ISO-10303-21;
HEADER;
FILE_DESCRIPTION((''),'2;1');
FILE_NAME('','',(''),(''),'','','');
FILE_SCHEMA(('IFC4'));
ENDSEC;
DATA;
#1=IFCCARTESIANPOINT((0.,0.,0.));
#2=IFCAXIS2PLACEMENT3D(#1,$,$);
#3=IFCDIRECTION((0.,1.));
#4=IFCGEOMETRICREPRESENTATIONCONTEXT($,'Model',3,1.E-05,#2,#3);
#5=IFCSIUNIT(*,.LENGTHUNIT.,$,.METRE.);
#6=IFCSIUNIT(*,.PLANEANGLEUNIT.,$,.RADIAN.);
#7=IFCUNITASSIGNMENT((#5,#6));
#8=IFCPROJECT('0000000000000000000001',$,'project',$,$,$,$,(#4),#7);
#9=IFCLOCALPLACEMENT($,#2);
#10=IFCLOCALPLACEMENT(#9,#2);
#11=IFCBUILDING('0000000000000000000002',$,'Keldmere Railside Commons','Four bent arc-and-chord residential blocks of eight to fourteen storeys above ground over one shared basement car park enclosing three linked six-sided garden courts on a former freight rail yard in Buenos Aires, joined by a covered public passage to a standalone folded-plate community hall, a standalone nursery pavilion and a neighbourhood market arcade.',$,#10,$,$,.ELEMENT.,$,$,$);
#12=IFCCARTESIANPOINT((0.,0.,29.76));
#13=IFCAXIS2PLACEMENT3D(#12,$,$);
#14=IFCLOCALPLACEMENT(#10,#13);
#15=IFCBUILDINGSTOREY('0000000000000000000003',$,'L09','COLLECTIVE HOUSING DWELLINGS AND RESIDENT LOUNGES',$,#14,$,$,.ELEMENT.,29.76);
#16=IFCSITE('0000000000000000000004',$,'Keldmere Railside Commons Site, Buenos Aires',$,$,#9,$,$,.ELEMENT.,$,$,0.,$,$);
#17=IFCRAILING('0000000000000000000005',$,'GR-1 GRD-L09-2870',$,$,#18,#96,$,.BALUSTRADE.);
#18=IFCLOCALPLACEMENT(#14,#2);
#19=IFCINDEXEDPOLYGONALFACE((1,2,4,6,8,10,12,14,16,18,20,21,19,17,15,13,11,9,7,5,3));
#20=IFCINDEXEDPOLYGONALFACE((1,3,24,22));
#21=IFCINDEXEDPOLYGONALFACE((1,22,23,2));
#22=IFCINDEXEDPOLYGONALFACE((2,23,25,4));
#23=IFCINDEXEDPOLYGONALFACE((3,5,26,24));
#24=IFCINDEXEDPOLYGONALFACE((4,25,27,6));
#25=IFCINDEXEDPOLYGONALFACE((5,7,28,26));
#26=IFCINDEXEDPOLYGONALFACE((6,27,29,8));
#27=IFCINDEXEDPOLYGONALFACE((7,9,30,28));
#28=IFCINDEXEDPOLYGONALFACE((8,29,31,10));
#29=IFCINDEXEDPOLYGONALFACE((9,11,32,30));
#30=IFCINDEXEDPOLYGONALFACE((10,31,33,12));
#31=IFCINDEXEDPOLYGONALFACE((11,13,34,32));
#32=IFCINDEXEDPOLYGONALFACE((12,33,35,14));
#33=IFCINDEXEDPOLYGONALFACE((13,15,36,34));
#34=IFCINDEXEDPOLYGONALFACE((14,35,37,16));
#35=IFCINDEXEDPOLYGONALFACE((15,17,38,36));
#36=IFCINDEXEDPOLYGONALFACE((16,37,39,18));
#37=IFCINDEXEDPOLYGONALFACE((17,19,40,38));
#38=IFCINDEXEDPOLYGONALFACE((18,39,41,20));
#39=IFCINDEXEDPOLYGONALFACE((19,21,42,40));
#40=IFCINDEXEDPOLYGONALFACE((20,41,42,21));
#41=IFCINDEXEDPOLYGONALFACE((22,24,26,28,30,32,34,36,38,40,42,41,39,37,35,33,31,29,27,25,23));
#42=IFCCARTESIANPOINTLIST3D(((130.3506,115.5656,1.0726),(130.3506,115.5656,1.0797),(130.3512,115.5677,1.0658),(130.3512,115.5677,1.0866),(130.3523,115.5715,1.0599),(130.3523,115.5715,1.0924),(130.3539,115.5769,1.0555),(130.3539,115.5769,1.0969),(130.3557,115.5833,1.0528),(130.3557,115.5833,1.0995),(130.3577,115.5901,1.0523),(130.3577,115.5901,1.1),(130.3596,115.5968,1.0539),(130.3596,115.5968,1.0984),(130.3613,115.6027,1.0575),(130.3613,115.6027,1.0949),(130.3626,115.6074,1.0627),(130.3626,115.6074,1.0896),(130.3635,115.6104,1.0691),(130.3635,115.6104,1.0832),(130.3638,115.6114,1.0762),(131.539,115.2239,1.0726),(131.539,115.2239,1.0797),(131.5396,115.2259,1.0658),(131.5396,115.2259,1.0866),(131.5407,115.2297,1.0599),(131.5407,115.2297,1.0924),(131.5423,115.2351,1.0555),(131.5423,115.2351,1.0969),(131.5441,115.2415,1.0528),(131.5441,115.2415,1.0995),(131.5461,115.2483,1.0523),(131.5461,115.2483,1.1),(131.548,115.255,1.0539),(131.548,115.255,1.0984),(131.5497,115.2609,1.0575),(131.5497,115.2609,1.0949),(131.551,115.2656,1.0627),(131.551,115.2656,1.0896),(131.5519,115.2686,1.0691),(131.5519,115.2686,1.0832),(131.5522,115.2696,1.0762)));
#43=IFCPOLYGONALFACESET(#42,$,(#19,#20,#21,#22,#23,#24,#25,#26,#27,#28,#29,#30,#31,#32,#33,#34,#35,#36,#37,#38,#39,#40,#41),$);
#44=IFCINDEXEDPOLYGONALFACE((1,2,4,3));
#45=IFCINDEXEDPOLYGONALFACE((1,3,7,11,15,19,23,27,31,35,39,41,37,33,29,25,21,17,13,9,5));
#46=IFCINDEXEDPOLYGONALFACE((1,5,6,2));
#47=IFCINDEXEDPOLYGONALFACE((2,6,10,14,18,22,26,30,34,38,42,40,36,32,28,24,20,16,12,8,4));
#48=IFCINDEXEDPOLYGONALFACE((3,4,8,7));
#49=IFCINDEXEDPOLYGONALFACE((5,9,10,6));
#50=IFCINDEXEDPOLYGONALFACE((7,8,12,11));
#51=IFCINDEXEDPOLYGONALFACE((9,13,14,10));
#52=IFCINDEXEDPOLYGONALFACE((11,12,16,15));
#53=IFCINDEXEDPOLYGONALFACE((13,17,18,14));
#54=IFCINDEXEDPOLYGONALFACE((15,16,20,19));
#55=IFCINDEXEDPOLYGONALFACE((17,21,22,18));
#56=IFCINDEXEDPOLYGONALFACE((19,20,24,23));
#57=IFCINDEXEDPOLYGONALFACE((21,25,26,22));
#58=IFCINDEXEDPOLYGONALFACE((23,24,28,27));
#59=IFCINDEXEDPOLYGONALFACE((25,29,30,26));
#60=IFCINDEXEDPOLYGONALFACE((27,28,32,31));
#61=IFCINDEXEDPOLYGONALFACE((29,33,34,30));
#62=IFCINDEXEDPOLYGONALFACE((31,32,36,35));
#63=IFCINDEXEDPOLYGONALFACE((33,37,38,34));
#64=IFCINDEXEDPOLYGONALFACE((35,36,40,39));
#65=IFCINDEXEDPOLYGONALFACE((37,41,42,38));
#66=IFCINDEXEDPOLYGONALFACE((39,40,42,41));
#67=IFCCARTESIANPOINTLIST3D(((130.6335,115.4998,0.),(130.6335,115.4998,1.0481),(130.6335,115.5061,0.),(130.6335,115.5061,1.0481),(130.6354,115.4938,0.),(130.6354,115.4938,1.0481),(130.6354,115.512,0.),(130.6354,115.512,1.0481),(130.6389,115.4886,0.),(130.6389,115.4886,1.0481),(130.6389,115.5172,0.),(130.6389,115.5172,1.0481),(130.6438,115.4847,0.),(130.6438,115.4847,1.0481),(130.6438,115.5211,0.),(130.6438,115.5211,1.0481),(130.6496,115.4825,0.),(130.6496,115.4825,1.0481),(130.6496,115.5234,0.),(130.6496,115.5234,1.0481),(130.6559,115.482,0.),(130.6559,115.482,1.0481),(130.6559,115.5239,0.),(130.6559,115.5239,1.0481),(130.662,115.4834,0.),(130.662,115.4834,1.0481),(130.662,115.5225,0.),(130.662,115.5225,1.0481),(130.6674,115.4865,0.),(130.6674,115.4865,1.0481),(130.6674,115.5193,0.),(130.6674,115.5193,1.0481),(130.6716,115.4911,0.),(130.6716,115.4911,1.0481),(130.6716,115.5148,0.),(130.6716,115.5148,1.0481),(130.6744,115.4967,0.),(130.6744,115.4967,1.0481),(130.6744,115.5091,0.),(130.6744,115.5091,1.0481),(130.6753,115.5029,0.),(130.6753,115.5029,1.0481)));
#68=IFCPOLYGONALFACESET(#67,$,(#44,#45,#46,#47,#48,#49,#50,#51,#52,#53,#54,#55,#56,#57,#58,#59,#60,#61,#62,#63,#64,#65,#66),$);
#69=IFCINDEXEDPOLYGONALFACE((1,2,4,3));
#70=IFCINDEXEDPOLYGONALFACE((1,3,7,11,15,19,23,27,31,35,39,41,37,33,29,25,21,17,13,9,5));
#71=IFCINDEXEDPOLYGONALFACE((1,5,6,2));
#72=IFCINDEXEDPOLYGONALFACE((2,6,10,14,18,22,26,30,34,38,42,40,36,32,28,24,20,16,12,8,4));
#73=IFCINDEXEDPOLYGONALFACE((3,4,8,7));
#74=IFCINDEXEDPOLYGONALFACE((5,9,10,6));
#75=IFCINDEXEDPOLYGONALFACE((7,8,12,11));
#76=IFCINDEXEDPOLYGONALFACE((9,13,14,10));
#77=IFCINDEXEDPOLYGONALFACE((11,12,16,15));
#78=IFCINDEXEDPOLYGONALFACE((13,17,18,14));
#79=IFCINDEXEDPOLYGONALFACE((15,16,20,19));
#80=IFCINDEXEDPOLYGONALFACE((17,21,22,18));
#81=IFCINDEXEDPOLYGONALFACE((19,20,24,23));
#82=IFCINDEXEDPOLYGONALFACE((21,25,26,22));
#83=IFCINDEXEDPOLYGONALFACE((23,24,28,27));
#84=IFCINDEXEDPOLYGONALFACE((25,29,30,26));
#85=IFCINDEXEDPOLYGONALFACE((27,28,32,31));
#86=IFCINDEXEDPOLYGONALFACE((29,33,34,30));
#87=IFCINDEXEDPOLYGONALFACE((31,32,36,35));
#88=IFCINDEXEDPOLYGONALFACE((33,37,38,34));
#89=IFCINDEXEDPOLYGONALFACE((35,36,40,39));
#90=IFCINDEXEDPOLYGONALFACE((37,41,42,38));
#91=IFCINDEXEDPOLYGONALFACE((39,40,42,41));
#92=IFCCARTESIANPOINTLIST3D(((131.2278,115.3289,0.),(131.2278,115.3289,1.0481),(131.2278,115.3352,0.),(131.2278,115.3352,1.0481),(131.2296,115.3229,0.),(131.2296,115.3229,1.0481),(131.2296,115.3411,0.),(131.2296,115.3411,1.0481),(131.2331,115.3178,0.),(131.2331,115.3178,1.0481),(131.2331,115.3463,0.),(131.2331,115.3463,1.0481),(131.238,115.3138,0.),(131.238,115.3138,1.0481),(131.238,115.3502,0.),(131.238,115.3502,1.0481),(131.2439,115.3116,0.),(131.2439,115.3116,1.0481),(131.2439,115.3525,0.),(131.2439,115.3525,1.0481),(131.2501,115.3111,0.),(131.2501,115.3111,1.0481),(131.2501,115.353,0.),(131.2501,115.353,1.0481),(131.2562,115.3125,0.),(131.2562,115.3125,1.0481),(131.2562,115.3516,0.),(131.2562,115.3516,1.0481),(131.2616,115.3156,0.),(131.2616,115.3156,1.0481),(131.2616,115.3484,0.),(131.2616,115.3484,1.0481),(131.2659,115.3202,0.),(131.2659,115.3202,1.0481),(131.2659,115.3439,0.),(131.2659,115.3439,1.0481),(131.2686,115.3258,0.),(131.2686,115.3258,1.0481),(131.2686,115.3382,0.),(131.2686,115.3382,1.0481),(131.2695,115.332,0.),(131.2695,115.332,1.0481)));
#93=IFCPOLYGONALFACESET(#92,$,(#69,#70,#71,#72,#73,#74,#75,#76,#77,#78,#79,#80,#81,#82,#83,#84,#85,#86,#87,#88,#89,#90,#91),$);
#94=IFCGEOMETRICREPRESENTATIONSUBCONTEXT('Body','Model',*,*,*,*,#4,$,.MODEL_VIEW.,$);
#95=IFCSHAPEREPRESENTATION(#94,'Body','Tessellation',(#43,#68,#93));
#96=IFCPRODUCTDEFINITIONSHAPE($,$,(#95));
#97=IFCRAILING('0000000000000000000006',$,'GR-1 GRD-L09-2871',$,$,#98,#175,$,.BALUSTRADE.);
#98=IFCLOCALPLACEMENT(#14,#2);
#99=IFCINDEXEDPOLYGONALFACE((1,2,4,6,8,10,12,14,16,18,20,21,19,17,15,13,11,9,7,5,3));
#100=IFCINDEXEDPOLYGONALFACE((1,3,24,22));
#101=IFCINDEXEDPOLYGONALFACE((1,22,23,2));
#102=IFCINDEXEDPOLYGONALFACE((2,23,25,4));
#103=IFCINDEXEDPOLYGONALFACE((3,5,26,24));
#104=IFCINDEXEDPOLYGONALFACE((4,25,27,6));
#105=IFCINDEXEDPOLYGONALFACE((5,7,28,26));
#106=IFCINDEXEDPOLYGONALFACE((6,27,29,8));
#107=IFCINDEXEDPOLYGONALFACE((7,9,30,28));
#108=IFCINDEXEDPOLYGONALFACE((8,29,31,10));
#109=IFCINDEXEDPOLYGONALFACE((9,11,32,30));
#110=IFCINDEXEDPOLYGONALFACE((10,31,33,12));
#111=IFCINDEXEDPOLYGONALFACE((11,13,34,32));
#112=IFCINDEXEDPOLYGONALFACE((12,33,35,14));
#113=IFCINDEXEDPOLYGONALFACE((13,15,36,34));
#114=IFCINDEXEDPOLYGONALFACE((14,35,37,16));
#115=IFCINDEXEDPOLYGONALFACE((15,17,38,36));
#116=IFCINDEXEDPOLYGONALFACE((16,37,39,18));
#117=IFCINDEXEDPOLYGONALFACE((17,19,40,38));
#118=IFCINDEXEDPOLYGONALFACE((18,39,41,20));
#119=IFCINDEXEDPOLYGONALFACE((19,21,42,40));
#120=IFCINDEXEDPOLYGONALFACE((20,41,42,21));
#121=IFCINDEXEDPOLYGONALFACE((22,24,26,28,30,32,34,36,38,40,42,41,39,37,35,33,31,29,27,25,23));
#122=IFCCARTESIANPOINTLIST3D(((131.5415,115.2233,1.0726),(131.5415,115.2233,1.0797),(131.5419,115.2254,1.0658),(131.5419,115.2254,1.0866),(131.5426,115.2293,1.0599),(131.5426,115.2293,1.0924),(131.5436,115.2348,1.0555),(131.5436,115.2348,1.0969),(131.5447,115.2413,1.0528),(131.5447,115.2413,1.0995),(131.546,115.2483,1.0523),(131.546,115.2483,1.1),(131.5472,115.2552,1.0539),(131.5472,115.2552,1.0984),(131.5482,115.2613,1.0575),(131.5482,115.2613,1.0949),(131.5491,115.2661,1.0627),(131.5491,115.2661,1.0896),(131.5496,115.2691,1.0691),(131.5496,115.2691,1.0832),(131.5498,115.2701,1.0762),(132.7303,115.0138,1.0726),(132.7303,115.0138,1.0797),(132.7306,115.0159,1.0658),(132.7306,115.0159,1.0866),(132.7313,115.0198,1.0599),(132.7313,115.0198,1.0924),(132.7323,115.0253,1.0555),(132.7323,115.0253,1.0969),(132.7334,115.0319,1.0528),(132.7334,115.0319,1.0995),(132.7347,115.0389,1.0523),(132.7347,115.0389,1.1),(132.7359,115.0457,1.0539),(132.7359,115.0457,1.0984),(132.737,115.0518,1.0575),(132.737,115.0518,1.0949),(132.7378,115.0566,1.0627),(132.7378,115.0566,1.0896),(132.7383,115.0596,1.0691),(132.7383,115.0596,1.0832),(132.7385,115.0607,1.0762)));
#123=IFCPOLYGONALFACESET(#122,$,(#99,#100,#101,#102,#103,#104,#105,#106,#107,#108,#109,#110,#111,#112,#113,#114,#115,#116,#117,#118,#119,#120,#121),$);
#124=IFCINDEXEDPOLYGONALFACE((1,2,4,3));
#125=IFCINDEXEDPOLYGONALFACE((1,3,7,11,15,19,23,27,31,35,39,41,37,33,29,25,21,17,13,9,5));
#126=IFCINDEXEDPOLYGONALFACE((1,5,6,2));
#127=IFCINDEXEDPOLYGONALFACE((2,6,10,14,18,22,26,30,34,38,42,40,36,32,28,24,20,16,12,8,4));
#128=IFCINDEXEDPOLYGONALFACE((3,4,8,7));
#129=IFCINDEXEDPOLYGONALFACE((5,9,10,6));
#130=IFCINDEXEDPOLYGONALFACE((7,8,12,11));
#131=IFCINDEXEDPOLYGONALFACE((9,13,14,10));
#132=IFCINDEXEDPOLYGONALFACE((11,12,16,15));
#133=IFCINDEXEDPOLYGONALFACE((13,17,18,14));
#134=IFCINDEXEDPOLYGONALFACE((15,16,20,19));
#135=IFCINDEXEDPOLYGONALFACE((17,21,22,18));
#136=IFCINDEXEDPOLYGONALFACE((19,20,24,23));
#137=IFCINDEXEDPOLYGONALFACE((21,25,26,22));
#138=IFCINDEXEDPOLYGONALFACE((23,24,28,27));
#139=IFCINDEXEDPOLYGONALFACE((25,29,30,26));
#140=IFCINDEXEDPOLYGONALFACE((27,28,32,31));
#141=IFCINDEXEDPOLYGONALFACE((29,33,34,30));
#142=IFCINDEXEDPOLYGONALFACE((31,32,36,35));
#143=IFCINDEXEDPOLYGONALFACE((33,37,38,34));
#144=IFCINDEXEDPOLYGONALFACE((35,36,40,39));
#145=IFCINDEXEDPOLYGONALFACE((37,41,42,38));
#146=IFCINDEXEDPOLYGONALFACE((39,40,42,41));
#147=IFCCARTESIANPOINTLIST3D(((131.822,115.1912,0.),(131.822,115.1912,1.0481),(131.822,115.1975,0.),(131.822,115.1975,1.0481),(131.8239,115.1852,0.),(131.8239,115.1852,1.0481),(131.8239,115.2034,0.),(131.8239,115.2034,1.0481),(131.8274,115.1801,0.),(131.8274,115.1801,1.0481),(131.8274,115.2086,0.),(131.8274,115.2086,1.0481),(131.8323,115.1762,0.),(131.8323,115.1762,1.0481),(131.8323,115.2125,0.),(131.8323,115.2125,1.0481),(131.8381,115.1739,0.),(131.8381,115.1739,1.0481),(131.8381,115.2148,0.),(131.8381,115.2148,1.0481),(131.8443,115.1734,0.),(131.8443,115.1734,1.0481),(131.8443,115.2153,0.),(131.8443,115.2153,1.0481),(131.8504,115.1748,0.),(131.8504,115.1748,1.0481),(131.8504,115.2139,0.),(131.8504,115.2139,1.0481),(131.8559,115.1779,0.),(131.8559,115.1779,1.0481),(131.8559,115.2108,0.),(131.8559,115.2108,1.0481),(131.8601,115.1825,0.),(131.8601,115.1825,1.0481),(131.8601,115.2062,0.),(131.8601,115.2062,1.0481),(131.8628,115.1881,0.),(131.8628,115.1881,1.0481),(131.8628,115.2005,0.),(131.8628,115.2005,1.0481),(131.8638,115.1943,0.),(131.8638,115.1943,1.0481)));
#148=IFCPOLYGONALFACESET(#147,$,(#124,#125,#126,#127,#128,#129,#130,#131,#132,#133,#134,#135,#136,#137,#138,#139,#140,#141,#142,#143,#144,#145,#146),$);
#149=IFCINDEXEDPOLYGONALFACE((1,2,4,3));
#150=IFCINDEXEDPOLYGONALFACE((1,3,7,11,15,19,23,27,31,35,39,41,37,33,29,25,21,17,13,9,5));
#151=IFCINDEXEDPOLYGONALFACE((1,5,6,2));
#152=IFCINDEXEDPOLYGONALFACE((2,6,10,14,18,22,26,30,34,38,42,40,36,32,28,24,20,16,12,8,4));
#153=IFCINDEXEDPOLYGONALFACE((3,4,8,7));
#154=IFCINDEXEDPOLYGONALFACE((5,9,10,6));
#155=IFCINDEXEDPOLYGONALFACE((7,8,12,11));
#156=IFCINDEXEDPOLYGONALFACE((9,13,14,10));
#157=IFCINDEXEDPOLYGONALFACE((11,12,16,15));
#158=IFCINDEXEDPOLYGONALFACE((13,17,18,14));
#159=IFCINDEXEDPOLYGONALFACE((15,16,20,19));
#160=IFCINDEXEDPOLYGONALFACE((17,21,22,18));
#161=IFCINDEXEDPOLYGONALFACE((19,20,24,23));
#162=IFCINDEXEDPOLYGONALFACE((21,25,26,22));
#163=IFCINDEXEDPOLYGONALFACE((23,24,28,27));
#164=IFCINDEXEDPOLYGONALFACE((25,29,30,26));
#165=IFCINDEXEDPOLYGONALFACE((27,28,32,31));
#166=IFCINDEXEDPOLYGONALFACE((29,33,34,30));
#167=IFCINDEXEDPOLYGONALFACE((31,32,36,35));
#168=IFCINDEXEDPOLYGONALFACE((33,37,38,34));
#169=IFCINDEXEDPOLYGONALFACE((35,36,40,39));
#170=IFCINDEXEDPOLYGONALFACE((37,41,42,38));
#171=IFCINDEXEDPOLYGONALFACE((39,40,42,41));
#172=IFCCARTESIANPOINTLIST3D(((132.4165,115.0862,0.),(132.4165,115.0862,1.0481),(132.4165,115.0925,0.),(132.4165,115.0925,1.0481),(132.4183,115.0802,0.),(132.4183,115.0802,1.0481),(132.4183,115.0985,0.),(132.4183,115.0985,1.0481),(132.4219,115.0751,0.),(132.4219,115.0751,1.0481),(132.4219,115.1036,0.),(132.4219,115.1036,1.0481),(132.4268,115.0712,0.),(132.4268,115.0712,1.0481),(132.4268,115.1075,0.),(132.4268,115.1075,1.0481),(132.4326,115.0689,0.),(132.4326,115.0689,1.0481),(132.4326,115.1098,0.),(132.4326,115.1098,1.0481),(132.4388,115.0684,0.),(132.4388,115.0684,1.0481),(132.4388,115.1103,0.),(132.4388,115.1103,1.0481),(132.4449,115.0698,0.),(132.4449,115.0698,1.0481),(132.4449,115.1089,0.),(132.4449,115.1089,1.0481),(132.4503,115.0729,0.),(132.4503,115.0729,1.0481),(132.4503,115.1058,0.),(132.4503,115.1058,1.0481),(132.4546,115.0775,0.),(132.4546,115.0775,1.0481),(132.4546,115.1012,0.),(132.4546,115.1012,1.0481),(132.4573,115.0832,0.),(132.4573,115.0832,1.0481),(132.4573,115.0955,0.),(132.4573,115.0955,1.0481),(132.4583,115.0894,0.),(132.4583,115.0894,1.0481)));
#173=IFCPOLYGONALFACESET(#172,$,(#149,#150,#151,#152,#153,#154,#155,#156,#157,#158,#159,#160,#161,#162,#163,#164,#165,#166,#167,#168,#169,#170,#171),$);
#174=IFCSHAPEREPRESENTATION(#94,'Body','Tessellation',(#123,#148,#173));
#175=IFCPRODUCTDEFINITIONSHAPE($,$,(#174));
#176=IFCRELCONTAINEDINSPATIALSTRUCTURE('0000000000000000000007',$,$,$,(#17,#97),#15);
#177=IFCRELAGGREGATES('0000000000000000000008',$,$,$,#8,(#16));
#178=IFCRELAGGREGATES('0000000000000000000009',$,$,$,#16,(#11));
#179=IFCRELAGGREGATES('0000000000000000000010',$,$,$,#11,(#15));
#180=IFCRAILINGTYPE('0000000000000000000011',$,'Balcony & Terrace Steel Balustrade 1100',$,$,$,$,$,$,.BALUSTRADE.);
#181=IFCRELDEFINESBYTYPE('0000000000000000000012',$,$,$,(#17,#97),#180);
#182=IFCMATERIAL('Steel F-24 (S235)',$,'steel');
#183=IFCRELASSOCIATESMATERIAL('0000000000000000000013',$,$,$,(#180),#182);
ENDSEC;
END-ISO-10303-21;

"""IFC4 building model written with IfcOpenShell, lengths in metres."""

from ifc_helpers import new_model, si_unit, direction, frame, origin, origin_2d, place, context, subcontext, project, spatial, circle, extrude, material, type_object, element, save


model = new_model("IFC4")

# Units and contexts
model_context = context("Model", 3, precision=1e-05, world=origin(), true_north=direction((0.0, 1.0)))
body_context = subcontext(model_context, "Body", "Model", "MODEL_VIEW")
ifc_project = project(units=[si_unit("LENGTHUNIT", "METRE"), si_unit("PLANEANGLEUNIT", "RADIAN")], contexts=[model_context])

# Site, building, storey
site_placement = place(None, origin())
site = spatial("IfcSite", under=ifc_project, at=site_placement, Name="Keldmere Railside Commons Site, Buenos Aires", CompositionType="ELEMENT", RefElevation=0.0)
building_placement = place(site_placement, origin())
building = spatial("IfcBuilding", under=site, at=building_placement, Name="Keldmere Railside Commons", Description="Four bent arc-and-chord residential blocks of eight to fourteen storeys above ground over one shared basement car park enclosing three linked six-sided garden courts on a former freight rail yard in Buenos Aires, joined by a covered public passage to a standalone folded-plate community hall, a standalone nursery pavilion and a neighbourhood market arcade.", CompositionType="ELEMENT")
storey_placement = place(building_placement, frame((0.0, 0.0, 29.76)))
storey = spatial("IfcBuildingStorey", under=building, at=storey_placement, Name="L09", Description="COLLECTIVE HOUSING DWELLINGS AND RESIDENT LOUNGES", CompositionType="ELEMENT", Elevation=29.76)

# Shared definitions
ifc_material_1 = material(Name="Steel F-24 (S235)", Category="steel")

# Railings
railing_type = type_object("IfcRailingType", Name="Balcony & Terrace Steel Balustrade 1100", PredefinedType="BALUSTRADE", material=ifc_material_1)
railing_1_placement = place(storey_placement, frame((130.3572, 115.5884, 0.0)))
element("IfcRailing", 1, at=railing_1_placement, inside=storey, type_object=railing_type, Name="GR-1 GRD-L09-2870", PredefinedType="BALUSTRADE", context=body_context, shape_type="SweptSolid", body=[
    extrude(circle(Radius=0.0239, at=origin_2d()), frame((0.0, 0.0, 1.0762), z_axis=(0.961046, -0.276389, 0.0), x_axis=(0.276389, 0.961046, 0.0)), (0.0, 0.0, 1.0), 1.2366),
    extrude(circle(Radius=0.021, at=origin_2d()), frame((0.2971, -0.0854, 0.0)), (0.0, 0.0, 1.0), 1.0481),
    extrude(circle(Radius=0.021, at=origin_2d()), frame((0.8914, -0.2563, 0.0)), (0.0, 0.0, 1.0), 1.0481),
])
railing_2_placement = place(storey_placement, frame((131.5457, 115.2466, 0.0)))
element("IfcRailing", 2, at=railing_2_placement, inside=storey, type_object=railing_type, Name="GR-1 GRD-L09-2871", PredefinedType="BALUSTRADE", context=body_context, shape_type="SweptSolid", body=[
    extrude(circle(Radius=0.0239, at=origin_2d()), frame((0.0, 0.0, 1.0762), z_axis=(0.984826, -0.173543, 0.0), x_axis=(0.173543, 0.984826, 0.0)), (0.0, 0.0, 1.0), 1.207),
    extrude(circle(Radius=0.021, at=origin_2d()), frame((0.2971, -0.0522, 0.0)), (0.0, 0.0, 1.0), 1.0481),
    extrude(circle(Radius=0.021, at=origin_2d()), frame((0.8916, -0.1572, 0.0)), (0.0, 0.0, 1.0), 1.0481),
])

save(model, "model.ifc")
